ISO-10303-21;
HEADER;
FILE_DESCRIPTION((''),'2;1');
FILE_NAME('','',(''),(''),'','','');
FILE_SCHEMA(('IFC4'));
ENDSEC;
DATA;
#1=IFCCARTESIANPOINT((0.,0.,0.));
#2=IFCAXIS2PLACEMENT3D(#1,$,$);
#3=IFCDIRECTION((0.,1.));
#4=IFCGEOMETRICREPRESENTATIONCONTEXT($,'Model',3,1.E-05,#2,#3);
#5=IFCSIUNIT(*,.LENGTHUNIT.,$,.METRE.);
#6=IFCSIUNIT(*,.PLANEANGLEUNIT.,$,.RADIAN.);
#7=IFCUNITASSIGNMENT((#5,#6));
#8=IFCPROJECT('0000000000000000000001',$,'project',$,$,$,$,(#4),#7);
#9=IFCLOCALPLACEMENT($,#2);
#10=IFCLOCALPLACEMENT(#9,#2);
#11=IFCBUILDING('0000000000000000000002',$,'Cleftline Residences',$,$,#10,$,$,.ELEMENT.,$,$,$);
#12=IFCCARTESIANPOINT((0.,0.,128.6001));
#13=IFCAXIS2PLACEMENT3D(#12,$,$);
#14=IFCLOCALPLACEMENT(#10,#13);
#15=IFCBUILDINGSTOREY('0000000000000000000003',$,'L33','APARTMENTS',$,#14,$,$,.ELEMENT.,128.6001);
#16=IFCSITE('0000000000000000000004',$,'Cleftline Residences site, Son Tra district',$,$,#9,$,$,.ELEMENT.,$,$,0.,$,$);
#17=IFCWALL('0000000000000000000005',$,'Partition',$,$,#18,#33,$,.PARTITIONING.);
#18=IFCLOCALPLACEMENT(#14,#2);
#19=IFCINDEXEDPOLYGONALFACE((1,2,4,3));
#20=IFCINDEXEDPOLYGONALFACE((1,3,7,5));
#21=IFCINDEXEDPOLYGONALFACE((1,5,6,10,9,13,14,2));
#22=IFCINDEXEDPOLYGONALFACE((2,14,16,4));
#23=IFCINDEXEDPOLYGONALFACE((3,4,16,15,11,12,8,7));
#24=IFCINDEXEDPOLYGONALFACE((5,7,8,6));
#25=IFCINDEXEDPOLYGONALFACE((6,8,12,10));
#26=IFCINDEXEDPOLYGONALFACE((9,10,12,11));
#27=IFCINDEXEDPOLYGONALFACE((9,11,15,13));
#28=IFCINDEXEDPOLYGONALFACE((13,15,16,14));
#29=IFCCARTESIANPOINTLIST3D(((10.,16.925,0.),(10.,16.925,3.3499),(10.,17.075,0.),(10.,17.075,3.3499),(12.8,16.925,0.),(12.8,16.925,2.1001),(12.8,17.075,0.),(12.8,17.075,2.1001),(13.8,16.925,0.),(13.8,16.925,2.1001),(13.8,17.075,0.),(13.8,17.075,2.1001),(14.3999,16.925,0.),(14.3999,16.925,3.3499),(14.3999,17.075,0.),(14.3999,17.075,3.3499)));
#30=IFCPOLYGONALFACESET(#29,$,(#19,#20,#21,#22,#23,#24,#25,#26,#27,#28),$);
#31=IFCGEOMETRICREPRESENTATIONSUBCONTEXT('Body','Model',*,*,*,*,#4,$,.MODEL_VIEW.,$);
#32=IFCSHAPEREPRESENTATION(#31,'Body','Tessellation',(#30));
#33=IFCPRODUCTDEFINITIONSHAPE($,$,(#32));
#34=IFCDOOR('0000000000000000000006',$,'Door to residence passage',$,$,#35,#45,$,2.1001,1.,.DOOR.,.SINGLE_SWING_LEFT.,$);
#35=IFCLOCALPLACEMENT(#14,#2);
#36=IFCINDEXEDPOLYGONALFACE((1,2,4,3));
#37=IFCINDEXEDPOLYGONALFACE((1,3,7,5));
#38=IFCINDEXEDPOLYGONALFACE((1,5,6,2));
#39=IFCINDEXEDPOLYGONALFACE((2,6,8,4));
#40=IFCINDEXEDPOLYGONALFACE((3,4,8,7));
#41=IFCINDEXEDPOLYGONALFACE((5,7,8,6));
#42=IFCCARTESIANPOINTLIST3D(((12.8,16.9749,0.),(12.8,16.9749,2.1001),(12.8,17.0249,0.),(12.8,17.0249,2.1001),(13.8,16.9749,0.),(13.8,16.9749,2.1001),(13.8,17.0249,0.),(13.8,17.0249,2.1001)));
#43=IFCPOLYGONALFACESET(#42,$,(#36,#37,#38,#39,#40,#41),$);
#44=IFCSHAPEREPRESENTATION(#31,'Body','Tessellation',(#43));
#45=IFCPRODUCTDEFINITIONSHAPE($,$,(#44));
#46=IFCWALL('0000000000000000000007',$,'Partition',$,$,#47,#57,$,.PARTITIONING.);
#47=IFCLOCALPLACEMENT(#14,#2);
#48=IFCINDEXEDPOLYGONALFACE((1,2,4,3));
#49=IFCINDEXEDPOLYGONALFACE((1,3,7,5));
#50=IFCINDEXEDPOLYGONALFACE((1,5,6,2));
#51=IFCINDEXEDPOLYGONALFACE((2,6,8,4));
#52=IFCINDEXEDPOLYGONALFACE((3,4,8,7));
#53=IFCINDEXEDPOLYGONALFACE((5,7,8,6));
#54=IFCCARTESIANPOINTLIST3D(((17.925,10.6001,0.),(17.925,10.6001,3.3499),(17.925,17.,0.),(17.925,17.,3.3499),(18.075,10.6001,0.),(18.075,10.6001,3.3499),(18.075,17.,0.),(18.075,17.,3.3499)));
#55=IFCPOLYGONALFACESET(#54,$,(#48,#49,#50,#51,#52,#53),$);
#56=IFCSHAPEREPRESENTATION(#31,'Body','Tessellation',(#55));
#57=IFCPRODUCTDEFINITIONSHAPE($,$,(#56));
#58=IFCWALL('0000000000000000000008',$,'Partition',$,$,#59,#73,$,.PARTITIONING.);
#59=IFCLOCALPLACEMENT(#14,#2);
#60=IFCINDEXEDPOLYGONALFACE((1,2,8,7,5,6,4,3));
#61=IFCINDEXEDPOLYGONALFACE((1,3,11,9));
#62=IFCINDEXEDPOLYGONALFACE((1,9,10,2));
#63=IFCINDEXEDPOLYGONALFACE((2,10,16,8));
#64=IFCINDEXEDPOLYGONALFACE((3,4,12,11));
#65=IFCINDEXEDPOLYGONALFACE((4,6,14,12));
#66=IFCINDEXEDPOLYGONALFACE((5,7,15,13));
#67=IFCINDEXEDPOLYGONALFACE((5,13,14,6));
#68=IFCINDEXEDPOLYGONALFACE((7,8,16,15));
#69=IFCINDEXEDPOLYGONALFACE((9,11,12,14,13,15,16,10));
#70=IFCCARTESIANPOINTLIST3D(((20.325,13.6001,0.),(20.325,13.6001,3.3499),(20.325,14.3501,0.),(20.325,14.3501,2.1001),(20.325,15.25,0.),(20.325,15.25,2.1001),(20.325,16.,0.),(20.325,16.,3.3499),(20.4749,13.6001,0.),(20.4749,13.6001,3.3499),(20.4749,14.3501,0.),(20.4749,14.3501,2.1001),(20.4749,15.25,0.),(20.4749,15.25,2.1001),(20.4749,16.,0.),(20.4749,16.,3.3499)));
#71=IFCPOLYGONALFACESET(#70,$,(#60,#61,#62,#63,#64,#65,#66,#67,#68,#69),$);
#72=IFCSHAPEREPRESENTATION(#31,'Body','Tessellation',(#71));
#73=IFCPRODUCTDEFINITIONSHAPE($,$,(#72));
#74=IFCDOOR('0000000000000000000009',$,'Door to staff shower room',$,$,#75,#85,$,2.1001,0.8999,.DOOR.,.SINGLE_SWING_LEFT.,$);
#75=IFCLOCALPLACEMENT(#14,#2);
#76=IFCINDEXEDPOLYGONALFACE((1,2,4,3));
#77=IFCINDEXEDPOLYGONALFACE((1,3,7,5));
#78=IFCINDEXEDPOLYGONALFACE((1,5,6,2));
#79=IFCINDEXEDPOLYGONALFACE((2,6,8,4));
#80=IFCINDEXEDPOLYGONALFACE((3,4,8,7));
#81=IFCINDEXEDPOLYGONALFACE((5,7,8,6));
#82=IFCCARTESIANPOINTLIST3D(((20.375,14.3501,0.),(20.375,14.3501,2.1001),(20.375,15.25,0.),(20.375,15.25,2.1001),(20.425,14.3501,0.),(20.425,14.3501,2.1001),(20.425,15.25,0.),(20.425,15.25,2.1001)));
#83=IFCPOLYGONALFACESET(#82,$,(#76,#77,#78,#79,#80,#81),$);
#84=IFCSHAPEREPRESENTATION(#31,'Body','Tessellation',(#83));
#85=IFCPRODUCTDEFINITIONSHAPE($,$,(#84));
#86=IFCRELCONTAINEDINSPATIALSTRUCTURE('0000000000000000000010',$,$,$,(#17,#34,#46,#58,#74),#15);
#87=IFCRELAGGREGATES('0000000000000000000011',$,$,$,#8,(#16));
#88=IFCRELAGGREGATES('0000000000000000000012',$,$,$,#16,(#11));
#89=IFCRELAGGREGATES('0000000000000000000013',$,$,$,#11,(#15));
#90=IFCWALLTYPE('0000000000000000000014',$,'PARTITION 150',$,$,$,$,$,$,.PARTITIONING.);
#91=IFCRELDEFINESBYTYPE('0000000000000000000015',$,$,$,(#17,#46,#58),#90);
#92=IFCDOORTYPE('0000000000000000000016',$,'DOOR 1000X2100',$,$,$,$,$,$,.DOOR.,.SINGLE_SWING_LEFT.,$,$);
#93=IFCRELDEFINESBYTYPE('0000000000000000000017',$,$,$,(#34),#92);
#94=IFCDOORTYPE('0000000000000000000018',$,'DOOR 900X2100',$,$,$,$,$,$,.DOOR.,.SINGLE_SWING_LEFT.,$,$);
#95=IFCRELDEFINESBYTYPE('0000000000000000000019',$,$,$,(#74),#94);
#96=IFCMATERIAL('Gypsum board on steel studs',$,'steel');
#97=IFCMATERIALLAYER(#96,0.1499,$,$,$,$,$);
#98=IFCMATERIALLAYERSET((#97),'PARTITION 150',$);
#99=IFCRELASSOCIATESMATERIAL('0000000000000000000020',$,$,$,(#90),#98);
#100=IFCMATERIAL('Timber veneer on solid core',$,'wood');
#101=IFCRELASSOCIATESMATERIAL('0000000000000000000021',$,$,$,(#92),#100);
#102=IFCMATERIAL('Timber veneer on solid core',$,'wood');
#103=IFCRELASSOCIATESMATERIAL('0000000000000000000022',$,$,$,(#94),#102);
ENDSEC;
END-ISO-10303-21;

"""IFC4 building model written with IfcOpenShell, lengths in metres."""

from ifc_helpers import new_model, si_unit, direction, frame, frame_2d, origin, place, context, subcontext, project, spatial, rectangle, extrude, material, layer, layer_set, type_object, element, fill, save


model = new_model("IFC4")

# Units and contexts
model_context = context("Model", 3, precision=1e-05, world=origin(), true_north=direction((0.0, 1.0)))
body_context = subcontext(model_context, "Body", "Model", "MODEL_VIEW")
ifc_project = project(units=[si_unit("LENGTHUNIT", "METRE"), si_unit("PLANEANGLEUNIT", "RADIAN")], contexts=[model_context])

# Site, building, storey
site_placement = place(None, origin())
site = spatial("IfcSite", under=ifc_project, at=site_placement, Name="Cleftline Residences site, Son Tra district", CompositionType="ELEMENT", RefElevation=0.0)
building_placement = place(site_placement, origin())
building = spatial("IfcBuilding", under=site, at=building_placement, Name="Cleftline Residences", CompositionType="ELEMENT")
storey_placement = place(building_placement, frame((0.0, 0.0, 128.6001)))
storey = spatial("IfcBuildingStorey", under=building, at=storey_placement, Name="L33", Description="APARTMENTS", CompositionType="ELEMENT", Elevation=128.6001)

# Shared definitions
ifc_material_1 = material(Name="Gypsum board on steel studs", Category="steel")
ifc_layer_1 = layer(ifc_material_1, 0.1499)
ifc_layer_set_1 = layer_set([ifc_layer_1], Name="PARTITION 150")
wall_type_1 = type_object("IfcWallType", Name="PARTITION 150", PredefinedType="PARTITIONING", material=ifc_layer_set_1)

# Wall, opening, door
wall_1_placement = place(storey_placement, frame((10.0, 17.0, 0.0), z_axis=(0.0, 0.0, 1.0), x_axis=(1.0, 0.0, 0.0)))
wall_1 = element("IfcWall", 1, at=wall_1_placement, inside=storey, type_object=wall_type_1, Name="Partition", PredefinedType="PARTITIONING", context=body_context, shape_type="SweptSolid", body=[
    extrude(rectangle(XDim=4.3999, YDim=0.1499, at=frame_2d((2.2, 0.0))), origin(), (0.0, 0.0, 1.0), 3.3499),
])
opening_1_placement = place(wall_1_placement, frame((2.8, 0.0, 0.0)))
opening_1 = element("IfcOpeningElement", 2, at=opening_1_placement, cuts=wall_1, PredefinedType="OPENING", context=body_context, shape_type="SweptSolid", body=[
    extrude(rectangle(XDim=1.0, YDim=2.1001, at=frame_2d((0.5, 1.05))), frame((0.0, 0.085, 0.0), z_axis=(0.0, -1.0, 0.0), x_axis=(1.0, 0.0, 0.0)), (0.0, 0.0, 1.0), 0.1699),
])
ifc_material_2 = material(Name="Timber veneer on solid core", Category="wood")
door_type_1 = type_object("IfcDoorType", Name="DOOR 1000X2100", OperationType="SINGLE_SWING_LEFT", PredefinedType="DOOR", material=ifc_material_2)
door_1_placement = place(opening_1_placement, origin())
door_1 = element("IfcDoor", 3, at=door_1_placement, inside=storey, type_object=door_type_1, Name="Door to residence passage", OperationType="SINGLE_SWING_LEFT", OverallHeight=2.1001, OverallWidth=1.0, PredefinedType="DOOR", context=body_context, shape_type="SweptSolid", body=[
    extrude(rectangle(XDim=1.0, YDim=2.1001, at=frame_2d((0.5, 1.05))), frame((0.0, 0.0249, 0.0), z_axis=(0.0, -1.0, 0.0), x_axis=(1.0, 0.0, 0.0)), (0.0, 0.0, 1.0), 0.05),
])
fill(opening_1, door_1)

# Wall
wall_2_placement = place(storey_placement, frame((18.0, 10.6001, 0.0), z_axis=(0.0, 0.0, 1.0), x_axis=(0.0, 1.0, 0.0)))
element("IfcWall", 4, at=wall_2_placement, inside=storey, type_object=wall_type_1, Name="Partition", PredefinedType="PARTITIONING", context=body_context, shape_type="SweptSolid", body=[
    extrude(rectangle(XDim=6.3999, YDim=0.1499, at=frame_2d((3.2, 0.0))), origin(), (0.0, 0.0, 1.0), 3.3499),
])

# Wall, opening, door
wall_3_placement = place(storey_placement, frame((20.3999, 13.6001, 0.0), z_axis=(0.0, 0.0, 1.0), x_axis=(0.0, 1.0, 0.0)))
wall_3 = element("IfcWall", 5, at=wall_3_placement, inside=storey, type_object=wall_type_1, Name="Partition", PredefinedType="PARTITIONING", context=body_context, shape_type="SweptSolid", body=[
    extrude(rectangle(XDim=2.3999, YDim=0.1499, at=frame_2d((1.2, 0.0))), origin(), (0.0, 0.0, 1.0), 3.3499),
])
opening_2_placement = place(wall_3_placement, frame((0.75, 0.0, 0.0)))
opening_2 = element("IfcOpeningElement", 6, at=opening_2_placement, cuts=wall_3, PredefinedType="OPENING", context=body_context, shape_type="SweptSolid", body=[
    extrude(rectangle(XDim=0.8999, YDim=2.1001, at=frame_2d((0.45, 1.05))), frame((0.0, 0.085, 0.0), z_axis=(0.0, -1.0, 0.0), x_axis=(1.0, 0.0, 0.0)), (0.0, 0.0, 1.0), 0.1699),
])
ifc_material_3 = material(Name="Timber veneer on solid core", Category="wood")
door_type_2 = type_object("IfcDoorType", Name="DOOR 900X2100", OperationType="SINGLE_SWING_LEFT", PredefinedType="DOOR", material=ifc_material_3)
door_2_placement = place(opening_2_placement, origin())
door_2 = element("IfcDoor", 7, at=door_2_placement, inside=storey, type_object=door_type_2, Name="Door to staff shower room", OperationType="SINGLE_SWING_LEFT", OverallHeight=2.1001, OverallWidth=0.8999, PredefinedType="DOOR", context=body_context, shape_type="SweptSolid", body=[
    extrude(rectangle(XDim=0.8999, YDim=2.1001, at=frame_2d((0.45, 1.05))), frame((0.0, 0.0249, 0.0), z_axis=(0.0, -1.0, 0.0), x_axis=(1.0, 0.0, 0.0)), (0.0, 0.0, 1.0), 0.05),
])
fill(opening_2, door_2)

save(model, "model.ifc")
